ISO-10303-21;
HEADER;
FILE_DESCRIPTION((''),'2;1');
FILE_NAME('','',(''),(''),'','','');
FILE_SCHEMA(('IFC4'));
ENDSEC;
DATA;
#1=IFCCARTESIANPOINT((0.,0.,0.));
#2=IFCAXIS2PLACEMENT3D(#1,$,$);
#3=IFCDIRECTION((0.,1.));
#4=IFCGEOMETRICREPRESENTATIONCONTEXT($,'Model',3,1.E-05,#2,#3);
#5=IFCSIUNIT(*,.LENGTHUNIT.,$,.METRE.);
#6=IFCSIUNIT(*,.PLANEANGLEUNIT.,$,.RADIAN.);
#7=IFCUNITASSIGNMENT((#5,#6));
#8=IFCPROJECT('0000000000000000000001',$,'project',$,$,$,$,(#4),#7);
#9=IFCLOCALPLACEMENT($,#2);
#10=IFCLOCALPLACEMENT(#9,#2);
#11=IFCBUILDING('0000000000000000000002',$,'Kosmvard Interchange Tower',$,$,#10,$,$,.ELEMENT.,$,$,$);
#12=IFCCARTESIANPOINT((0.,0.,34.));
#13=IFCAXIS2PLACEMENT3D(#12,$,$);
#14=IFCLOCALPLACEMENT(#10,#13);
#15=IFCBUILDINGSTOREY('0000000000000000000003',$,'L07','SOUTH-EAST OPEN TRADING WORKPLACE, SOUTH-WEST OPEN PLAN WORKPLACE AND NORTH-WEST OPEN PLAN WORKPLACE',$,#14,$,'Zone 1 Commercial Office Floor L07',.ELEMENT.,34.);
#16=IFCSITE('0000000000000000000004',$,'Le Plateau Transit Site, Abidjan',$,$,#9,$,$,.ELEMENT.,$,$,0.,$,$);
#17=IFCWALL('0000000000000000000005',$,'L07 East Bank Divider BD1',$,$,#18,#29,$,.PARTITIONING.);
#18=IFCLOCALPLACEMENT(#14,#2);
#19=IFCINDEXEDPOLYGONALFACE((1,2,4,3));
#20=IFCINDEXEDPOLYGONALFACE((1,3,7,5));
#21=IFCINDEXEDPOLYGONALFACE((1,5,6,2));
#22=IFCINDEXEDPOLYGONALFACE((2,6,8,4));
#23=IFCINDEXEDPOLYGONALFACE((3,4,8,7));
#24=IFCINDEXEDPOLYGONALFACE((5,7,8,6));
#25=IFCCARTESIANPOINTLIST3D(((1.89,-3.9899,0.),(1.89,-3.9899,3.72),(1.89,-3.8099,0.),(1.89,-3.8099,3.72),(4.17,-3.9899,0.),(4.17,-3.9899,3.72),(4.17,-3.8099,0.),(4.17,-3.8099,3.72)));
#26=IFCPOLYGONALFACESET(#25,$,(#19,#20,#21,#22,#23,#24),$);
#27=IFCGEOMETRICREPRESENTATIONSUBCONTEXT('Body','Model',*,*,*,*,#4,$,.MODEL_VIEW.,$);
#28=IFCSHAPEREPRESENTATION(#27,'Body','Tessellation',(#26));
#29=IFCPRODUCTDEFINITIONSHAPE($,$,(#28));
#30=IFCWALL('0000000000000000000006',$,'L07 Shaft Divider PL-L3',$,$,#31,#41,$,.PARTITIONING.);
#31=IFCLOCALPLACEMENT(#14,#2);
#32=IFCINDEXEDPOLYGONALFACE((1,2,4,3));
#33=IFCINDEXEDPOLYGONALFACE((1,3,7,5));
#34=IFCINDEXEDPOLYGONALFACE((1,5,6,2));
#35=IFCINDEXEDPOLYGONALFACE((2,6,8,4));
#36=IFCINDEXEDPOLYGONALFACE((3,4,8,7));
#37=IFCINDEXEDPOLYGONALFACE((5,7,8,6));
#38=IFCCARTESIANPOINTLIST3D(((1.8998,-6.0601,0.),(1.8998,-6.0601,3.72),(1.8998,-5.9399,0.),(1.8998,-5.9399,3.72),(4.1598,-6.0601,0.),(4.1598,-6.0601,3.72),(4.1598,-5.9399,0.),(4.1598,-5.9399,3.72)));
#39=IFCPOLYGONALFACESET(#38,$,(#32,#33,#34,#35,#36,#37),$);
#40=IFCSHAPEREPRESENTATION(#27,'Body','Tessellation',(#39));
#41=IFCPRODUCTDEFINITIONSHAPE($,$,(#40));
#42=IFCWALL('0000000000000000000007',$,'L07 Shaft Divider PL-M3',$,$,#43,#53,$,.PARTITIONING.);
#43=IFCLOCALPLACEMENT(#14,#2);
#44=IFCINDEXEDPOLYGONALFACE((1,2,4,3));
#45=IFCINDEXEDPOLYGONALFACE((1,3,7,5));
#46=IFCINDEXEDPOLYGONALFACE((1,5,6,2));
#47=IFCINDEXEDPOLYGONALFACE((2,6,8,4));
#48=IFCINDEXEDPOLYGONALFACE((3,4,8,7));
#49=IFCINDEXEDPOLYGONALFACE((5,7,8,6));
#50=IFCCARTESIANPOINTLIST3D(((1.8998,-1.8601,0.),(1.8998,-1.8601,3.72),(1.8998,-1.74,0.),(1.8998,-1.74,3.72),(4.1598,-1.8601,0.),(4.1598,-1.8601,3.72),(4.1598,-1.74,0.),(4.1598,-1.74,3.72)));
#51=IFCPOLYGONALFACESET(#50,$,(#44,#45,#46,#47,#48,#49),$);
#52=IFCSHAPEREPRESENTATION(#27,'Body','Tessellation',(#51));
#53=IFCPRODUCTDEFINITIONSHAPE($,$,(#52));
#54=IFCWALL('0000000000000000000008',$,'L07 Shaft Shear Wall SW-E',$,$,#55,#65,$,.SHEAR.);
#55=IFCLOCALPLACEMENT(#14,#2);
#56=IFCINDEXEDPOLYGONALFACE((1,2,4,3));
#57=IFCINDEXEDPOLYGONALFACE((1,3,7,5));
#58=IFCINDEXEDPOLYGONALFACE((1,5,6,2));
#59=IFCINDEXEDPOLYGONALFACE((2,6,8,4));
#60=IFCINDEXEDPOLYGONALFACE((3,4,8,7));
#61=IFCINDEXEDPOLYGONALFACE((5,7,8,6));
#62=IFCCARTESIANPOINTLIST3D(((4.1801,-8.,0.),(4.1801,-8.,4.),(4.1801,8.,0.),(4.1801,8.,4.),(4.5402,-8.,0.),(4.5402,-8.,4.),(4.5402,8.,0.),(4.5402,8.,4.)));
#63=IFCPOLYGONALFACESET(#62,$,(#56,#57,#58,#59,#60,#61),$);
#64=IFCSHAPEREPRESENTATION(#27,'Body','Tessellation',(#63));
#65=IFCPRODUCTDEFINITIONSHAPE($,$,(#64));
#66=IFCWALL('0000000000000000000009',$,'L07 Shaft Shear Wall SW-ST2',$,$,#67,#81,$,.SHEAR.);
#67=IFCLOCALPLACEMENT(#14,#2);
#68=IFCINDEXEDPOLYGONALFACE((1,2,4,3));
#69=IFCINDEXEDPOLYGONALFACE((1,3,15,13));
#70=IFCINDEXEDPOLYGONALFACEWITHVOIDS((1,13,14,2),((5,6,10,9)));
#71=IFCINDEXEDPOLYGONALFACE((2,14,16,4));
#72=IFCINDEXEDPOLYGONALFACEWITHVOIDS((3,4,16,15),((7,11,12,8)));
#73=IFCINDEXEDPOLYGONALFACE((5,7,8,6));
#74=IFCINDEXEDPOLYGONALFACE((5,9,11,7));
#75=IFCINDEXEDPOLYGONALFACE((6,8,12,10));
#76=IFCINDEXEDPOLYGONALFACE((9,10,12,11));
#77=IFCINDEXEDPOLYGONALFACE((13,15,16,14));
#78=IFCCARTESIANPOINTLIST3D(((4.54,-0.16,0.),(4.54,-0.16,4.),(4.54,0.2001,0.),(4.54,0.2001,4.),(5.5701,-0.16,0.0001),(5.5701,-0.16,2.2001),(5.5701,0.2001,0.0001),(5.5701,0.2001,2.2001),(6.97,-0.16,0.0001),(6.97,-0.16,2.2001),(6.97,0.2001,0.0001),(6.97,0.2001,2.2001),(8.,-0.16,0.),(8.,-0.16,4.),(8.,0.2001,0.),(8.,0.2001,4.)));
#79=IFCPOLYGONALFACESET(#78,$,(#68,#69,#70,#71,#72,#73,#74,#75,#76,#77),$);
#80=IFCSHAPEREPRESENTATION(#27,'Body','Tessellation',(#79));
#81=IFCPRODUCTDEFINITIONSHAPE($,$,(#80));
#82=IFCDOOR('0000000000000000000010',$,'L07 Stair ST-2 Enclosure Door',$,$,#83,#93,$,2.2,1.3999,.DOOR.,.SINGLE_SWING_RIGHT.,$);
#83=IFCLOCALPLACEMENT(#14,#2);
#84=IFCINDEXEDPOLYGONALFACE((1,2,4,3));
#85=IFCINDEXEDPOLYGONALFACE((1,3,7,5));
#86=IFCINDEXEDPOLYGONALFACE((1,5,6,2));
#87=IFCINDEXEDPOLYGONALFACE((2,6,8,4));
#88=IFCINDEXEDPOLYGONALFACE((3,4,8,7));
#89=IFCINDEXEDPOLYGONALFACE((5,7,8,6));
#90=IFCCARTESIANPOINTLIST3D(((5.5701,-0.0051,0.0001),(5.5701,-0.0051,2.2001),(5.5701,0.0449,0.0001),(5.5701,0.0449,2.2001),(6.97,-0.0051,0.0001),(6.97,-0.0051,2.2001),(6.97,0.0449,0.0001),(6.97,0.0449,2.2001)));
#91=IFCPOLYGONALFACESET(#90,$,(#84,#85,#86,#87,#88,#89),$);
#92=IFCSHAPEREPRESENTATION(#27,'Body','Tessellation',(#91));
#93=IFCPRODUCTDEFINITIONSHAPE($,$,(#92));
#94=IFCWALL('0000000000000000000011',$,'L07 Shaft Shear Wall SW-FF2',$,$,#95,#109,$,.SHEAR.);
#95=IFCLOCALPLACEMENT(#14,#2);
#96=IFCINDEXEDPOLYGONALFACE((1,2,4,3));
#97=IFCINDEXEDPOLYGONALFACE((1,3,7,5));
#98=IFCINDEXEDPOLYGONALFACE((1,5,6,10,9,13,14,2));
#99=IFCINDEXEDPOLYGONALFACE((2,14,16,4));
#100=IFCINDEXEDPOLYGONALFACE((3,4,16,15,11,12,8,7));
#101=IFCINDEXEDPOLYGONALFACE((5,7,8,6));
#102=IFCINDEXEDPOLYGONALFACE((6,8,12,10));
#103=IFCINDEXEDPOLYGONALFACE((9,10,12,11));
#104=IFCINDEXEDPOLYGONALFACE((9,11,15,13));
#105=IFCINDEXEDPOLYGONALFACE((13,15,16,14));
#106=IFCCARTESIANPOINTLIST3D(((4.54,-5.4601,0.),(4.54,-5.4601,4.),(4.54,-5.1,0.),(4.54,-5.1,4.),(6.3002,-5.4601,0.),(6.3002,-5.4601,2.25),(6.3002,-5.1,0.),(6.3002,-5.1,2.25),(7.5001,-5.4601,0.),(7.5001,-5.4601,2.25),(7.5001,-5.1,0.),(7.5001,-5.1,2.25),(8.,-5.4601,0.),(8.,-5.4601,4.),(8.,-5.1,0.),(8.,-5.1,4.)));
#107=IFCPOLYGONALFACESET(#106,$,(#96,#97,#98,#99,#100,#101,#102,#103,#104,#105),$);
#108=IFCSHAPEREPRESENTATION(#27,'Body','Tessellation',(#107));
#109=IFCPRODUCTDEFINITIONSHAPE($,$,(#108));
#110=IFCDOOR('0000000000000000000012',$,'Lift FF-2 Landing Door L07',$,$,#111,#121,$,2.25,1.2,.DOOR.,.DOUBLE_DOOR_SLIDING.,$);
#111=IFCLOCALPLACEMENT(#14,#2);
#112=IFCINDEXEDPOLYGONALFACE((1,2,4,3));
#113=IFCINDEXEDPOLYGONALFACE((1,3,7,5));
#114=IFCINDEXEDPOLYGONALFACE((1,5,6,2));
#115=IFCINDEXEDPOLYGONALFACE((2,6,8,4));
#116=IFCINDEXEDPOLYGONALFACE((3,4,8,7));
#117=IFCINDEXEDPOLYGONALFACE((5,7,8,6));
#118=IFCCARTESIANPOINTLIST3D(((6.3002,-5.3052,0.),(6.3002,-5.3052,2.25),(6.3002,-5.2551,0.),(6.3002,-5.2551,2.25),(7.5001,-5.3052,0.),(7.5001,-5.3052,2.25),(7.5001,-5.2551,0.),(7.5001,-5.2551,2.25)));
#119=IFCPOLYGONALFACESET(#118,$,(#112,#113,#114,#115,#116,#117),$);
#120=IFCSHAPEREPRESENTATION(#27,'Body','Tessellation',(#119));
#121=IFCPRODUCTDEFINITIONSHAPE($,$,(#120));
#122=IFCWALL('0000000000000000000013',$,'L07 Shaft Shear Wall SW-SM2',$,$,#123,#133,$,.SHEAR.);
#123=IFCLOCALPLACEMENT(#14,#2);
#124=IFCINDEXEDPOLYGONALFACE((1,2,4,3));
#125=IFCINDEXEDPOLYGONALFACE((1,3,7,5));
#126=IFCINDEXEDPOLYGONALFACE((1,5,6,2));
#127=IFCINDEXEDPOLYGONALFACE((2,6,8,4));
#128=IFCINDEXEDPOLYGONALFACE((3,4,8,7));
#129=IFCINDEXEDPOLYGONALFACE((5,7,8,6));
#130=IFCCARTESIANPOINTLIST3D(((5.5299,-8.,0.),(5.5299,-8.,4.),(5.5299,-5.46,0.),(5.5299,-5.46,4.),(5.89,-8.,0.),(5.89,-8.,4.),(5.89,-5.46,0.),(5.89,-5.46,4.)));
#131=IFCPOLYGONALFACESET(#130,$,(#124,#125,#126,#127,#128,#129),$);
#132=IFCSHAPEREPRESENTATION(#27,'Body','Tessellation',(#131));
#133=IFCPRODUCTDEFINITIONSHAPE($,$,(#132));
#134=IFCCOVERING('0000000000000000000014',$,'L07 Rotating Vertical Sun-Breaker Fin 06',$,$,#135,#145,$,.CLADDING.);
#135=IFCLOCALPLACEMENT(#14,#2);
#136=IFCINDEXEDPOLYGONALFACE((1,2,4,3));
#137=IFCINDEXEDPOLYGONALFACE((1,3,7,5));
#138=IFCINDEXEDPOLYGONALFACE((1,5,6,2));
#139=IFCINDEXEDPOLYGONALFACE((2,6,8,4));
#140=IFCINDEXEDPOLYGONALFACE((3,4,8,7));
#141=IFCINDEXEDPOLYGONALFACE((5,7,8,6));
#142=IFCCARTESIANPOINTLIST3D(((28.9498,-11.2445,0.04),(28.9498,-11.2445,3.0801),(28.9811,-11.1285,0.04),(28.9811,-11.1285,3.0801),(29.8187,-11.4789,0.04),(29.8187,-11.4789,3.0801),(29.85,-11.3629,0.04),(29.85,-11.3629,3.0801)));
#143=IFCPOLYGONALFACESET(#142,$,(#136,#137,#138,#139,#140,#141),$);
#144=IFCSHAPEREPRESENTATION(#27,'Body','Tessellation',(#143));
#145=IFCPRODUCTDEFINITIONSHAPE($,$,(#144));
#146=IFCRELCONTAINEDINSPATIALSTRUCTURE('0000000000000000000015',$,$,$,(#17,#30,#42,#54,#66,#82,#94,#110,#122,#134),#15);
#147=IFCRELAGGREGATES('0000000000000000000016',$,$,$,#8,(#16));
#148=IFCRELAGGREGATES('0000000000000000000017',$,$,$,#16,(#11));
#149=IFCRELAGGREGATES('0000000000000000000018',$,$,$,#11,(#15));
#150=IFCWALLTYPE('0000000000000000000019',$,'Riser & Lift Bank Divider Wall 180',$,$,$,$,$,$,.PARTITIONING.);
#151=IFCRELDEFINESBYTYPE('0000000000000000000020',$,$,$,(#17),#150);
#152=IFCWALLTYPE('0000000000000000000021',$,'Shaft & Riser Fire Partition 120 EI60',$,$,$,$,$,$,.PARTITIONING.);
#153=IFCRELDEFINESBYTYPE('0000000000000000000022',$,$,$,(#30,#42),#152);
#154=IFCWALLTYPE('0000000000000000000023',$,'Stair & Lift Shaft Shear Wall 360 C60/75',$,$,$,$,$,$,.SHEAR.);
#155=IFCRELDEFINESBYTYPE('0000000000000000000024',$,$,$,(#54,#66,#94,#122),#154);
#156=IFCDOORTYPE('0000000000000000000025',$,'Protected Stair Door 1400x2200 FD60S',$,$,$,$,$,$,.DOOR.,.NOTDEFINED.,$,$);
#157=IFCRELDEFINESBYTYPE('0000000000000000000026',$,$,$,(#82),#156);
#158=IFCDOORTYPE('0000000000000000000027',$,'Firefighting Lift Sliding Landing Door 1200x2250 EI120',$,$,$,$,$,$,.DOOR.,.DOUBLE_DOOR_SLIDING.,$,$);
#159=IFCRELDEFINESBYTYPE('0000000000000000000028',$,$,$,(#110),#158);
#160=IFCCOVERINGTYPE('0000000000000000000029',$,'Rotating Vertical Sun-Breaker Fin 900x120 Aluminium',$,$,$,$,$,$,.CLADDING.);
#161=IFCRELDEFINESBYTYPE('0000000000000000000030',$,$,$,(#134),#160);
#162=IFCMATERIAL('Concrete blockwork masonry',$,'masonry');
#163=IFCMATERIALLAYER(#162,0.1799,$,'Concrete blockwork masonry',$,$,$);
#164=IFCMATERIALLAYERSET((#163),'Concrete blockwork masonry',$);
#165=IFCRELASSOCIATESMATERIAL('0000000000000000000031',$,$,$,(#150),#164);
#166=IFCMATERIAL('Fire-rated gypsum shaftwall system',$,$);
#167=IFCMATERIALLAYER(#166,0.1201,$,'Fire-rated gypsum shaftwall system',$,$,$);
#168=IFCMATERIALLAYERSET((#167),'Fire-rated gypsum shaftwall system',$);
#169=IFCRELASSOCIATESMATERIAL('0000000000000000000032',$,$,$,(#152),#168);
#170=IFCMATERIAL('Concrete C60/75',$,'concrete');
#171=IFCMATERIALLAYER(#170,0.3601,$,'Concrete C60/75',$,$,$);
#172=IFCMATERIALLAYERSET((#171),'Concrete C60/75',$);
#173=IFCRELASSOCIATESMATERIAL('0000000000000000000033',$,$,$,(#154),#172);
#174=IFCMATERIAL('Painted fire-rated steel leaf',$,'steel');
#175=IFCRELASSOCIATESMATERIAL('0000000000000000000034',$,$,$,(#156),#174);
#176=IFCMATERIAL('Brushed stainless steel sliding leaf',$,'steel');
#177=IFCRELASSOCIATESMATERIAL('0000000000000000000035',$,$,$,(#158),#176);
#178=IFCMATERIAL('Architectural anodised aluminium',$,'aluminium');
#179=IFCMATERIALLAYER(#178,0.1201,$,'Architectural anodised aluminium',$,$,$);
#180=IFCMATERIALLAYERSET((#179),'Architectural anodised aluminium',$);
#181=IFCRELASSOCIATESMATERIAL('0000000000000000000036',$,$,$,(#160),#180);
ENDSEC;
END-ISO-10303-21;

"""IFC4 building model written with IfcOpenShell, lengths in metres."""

from ifc_helpers import new_model, si_unit, direction, frame, frame_2d, origin, origin_2d, place, context, subcontext, project, spatial, rectangle, extrude, source, transform, mapped, material, layer, layer_set, type_object, element, fill, save


model = new_model("IFC4")

# Units and contexts
model_context = context("Model", 3, precision=1e-05, world=origin(), true_north=direction((0.0, 1.0)))
body_context = subcontext(model_context, "Body", "Model", "MODEL_VIEW")
ifc_project = project(units=[si_unit("LENGTHUNIT", "METRE"), si_unit("PLANEANGLEUNIT", "RADIAN")], contexts=[model_context])

# Site, building, storey
site_placement = place(None, origin())
site = spatial("IfcSite", under=ifc_project, at=site_placement, Name="Le Plateau Transit Site, Abidjan", CompositionType="ELEMENT", RefElevation=0.0)
building_placement = place(site_placement, origin())
building = spatial("IfcBuilding", under=site, at=building_placement, Name="Kosmvard Interchange Tower", CompositionType="ELEMENT")
storey_placement = place(building_placement, frame((0.0, 0.0, 34.0)))
storey = spatial("IfcBuildingStorey", under=building, at=storey_placement, Name="L07", Description="SOUTH-EAST OPEN TRADING WORKPLACE, SOUTH-WEST OPEN PLAN WORKPLACE AND NORTH-WEST OPEN PLAN WORKPLACE", LongName="Zone 1 Commercial Office Floor L07", CompositionType="ELEMENT", Elevation=34.0)

# Shared definitions
ifc_material_1 = material(Name="Concrete C60/75", Category="concrete")

# Shared definitions
ifc_material_2 = material(Name="Brushed stainless steel sliding leaf", Category="steel")

# Shared definitions
ifc_material_3 = material(Name="Painted fire-rated steel leaf", Category="steel")

# Walls
ifc_material_4 = material(Name="Concrete blockwork masonry", Category="masonry")
ifc_layer_1 = layer(ifc_material_4, 0.1799, Name="Concrete blockwork masonry")
ifc_layer_set_1 = layer_set([ifc_layer_1], Name="Concrete blockwork masonry")
wall_type_1 = type_object("IfcWallType", Name="Riser & Lift Bank Divider Wall 180", PredefinedType="PARTITIONING", material=ifc_layer_set_1)
wall_1_placement = place(storey_placement, frame((1.8899, -3.8999, 0.0), z_axis=(0.0, 0.0, 1.0), x_axis=(1.0, 0.0, 0.0)))
element("IfcWall", 1, at=wall_1_placement, inside=storey, type_object=wall_type_1, Name="L07 East Bank Divider BD1", PredefinedType="PARTITIONING", context=body_context, shape_type="SweptSolid", body=[
    extrude(rectangle(XDim=2.28, YDim=0.1799, at=frame_2d((1.1401, 0.0))), origin(), (0.0, 0.0, 1.0), 3.72),
])
ifc_material_5 = material(Name="Fire-rated gypsum shaftwall system")
ifc_layer_2 = layer(ifc_material_5, 0.1201, Name="Fire-rated gypsum shaftwall system")
ifc_layer_set_2 = layer_set([ifc_layer_2], Name="Fire-rated gypsum shaftwall system")
wall_type_2 = type_object("IfcWallType", Name="Shaft & Riser Fire Partition 120 EI60", PredefinedType="PARTITIONING", material=ifc_layer_set_2)
for number, where, z_axis, x_axis, name in (
    (2, (1.8999, -6.0, 0.0), (0.0, 0.0, 1.0), (1.0, 0.0, 0.0), "L07 Shaft Divider PL-L3"),
    (3, (1.8999, -1.8, 0.0), (0.0, 0.0, 1.0), (1.0, 0.0, 0.0), "L07 Shaft Divider PL-M3"),
):
    element("IfcWall", number, at=place(storey_placement, frame(where, z_axis=z_axis, x_axis=x_axis)), inside=storey, type_object=wall_type_2, Name=name, PredefinedType="PARTITIONING", context=body_context, shape_type="SweptSolid", body=[
        extrude(rectangle(XDim=2.26, YDim=0.1201, at=frame_2d((1.1299, 0.0))), origin(), (0.0, 0.0, 1.0), 3.72),
    ])
ifc_layer_3 = layer(ifc_material_1, 0.3601, Name="Concrete C60/75")
ifc_layer_set_3 = layer_set([ifc_layer_3], Name="Concrete C60/75")
wall_type_3 = type_object("IfcWallType", Name="Stair & Lift Shaft Shear Wall 360 C60/75", PredefinedType="SHEAR", material=ifc_layer_set_3)
wall_2_placement = place(storey_placement, frame((4.3601, -8.0, 0.0), z_axis=(0.0, 0.0, 1.0), x_axis=(0.0, 1.0, 0.0)))
element("IfcWall", 4, at=wall_2_placement, inside=storey, type_object=wall_type_3, Name="L07 Shaft Shear Wall SW-E", PredefinedType="SHEAR", context=body_context, shape_type="SweptSolid", body=[
    extrude(rectangle(XDim=16.0, YDim=0.3601, at=frame_2d((8.0, 0.0))), origin(), (0.0, 0.0, 1.0), 4.0),
])

# Walls, openings, doors
wall_3_placement = place(storey_placement, frame((4.54, 0.02, 0.0), z_axis=(0.0, 0.0, 1.0), x_axis=(1.0, 0.0, 0.0)))
wall_3 = element("IfcWall", 5, at=wall_3_placement, inside=storey, type_object=wall_type_3, Name="L07 Shaft Shear Wall SW-ST2", PredefinedType="SHEAR", context=body_context, shape_type="SweptSolid", body=[
    extrude(rectangle(XDim=3.46, YDim=0.3601, at=frame_2d((1.73, 0.0))), origin(), (0.0, 0.0, 1.0), 4.0),
])
opening_1_placement = place(wall_3_placement, frame((1.03, 0.0, 0.0)))
opening_1 = element("IfcOpeningElement", 6, at=opening_1_placement, cuts=wall_3, PredefinedType="OPENING", context=body_context, shape_type="SweptSolid", body=[
    extrude(rectangle(XDim=1.3999, YDim=2.2, at=frame_2d((0.7, 1.1001))), frame((0.0, 0.1899, 0.0), z_axis=(0.0, -1.0, 0.0), x_axis=(1.0, 0.0, 0.0)), (0.0, 0.0, 1.0), 0.3801),
])
door_type_1 = type_object("IfcDoorType", Name="Protected Stair Door 1400x2200 FD60S", OperationType="NOTDEFINED", PredefinedType="DOOR", material=ifc_material_3)
shared_shape_1 = source(origin(), body_context, "Body", "SweptSolid", [
    extrude(rectangle(XDim=1.3999, YDim=2.2, at=frame_2d((0.7, 1.1001))), frame((0.0, 0.0249, 0.0), z_axis=(0.0, -1.0, 0.0), x_axis=(1.0, 0.0, 0.0)), (0.0, 0.0, 1.0), 0.05),
])
door_1_placement = place(opening_1_placement, origin())
door_1 = element("IfcDoor", 7, at=door_1_placement, inside=storey, type_object=door_type_1, Name="L07 Stair ST-2 Enclosure Door", OperationType="SINGLE_SWING_RIGHT", OverallHeight=2.2, OverallWidth=1.3999, PredefinedType="DOOR", context=body_context, shape_type="MappedRepresentation", body=[
    mapped(shared_shape_1, transform((0.0, 0.0, 0.0), scale=1.0)),
])
fill(opening_1, door_1)
wall_4_placement = place(storey_placement, frame((4.54, -5.28, 0.0), z_axis=(0.0, 0.0, 1.0), x_axis=(1.0, 0.0, 0.0)))
wall_4 = element("IfcWall", 8, at=wall_4_placement, inside=storey, type_object=wall_type_3, Name="L07 Shaft Shear Wall SW-FF2", PredefinedType="SHEAR", context=body_context, shape_type="SweptSolid", body=[
    extrude(rectangle(XDim=3.46, YDim=0.3601, at=frame_2d((1.73, 0.0))), origin(), (0.0, 0.0, 1.0), 4.0),
])
opening_2_placement = place(wall_4_placement, frame((1.76, 0.0, 0.0)))
opening_2 = element("IfcOpeningElement", 9, at=opening_2_placement, cuts=wall_4, PredefinedType="OPENING", context=body_context, shape_type="SweptSolid", body=[
    extrude(rectangle(XDim=1.2, YDim=2.25, at=frame_2d((0.6001, 1.125))), frame((0.0, 0.1899, 0.0), z_axis=(0.0, -1.0, 0.0), x_axis=(1.0, 0.0, 0.0)), (0.0, 0.0, 1.0), 0.3801),
])
door_type_2 = type_object("IfcDoorType", Name="Firefighting Lift Sliding Landing Door 1200x2250 EI120", OperationType="DOUBLE_DOOR_SLIDING", PredefinedType="DOOR", material=ifc_material_2)
shared_shape_2 = source(origin(), body_context, "Body", "SweptSolid", [
    extrude(rectangle(XDim=1.2, YDim=2.25, at=frame_2d((0.6001, 1.125))), frame((0.0, 0.0249, 0.0), z_axis=(0.0, -1.0, 0.0), x_axis=(1.0, 0.0, 0.0)), (0.0, 0.0, 1.0), 0.05),
])
door_2_placement = place(opening_2_placement, origin())
door_2 = element("IfcDoor", 10, at=door_2_placement, inside=storey, type_object=door_type_2, Name="Lift FF-2 Landing Door L07", OperationType="DOUBLE_DOOR_SLIDING", OverallHeight=2.25, OverallWidth=1.2, PredefinedType="DOOR", context=body_context, shape_type="MappedRepresentation", body=[
    mapped(shared_shape_2, transform((0.0, 0.0, 0.0), scale=1.0)),
])
fill(opening_2, door_2)

# Wall
wall_5_placement = place(storey_placement, frame((5.71, -8.0, 0.0), z_axis=(0.0, 0.0, 1.0), x_axis=(0.0, 1.0, 0.0)))
element("IfcWall", 11, at=wall_5_placement, inside=storey, type_object=wall_type_3, Name="L07 Shaft Shear Wall SW-SM2", PredefinedType="SHEAR", context=body_context, shape_type="SweptSolid", body=[
    extrude(rectangle(XDim=2.54, YDim=0.3601, at=frame_2d((1.27, 0.0))), origin(), (0.0, 0.0, 1.0), 4.0),
])

# Covering
ifc_material_6 = material(Name="Architectural anodised aluminium", Category="aluminium")
ifc_layer_4 = layer(ifc_material_6, 0.1201, Name="Architectural anodised aluminium")
ifc_layer_set_4 = layer_set([ifc_layer_4], Name="Architectural anodised aluminium")
covering_type = type_object("IfcCoveringType", Name="Rotating Vertical Sun-Breaker Fin 900x120 Aluminium", PredefinedType="CLADDING", material=ifc_layer_set_4)
shared_shape_3 = source(origin(), body_context, "Body", "SweptSolid", [
    extrude(rectangle(XDim=0.8999, YDim=0.1201, at=origin_2d()), origin(), (0.0, 0.0, 1.0), 3.04),
])
covering_placement = place(storey_placement, frame((29.3999, -11.3037, 0.04), z_axis=(0.0, 0.0, 1.0), x_axis=(0.965473, -0.260505, 0.0)))
element("IfcCovering", 12, at=covering_placement, inside=storey, type_object=covering_type, Name="L07 Rotating Vertical Sun-Breaker Fin 06", PredefinedType="CLADDING", context=body_context, shape_type="MappedRepresentation", body=[
    mapped(shared_shape_3, transform((0.0, 0.0, 0.0), scale=1.0)),
])

save(model, "model.ifc")
